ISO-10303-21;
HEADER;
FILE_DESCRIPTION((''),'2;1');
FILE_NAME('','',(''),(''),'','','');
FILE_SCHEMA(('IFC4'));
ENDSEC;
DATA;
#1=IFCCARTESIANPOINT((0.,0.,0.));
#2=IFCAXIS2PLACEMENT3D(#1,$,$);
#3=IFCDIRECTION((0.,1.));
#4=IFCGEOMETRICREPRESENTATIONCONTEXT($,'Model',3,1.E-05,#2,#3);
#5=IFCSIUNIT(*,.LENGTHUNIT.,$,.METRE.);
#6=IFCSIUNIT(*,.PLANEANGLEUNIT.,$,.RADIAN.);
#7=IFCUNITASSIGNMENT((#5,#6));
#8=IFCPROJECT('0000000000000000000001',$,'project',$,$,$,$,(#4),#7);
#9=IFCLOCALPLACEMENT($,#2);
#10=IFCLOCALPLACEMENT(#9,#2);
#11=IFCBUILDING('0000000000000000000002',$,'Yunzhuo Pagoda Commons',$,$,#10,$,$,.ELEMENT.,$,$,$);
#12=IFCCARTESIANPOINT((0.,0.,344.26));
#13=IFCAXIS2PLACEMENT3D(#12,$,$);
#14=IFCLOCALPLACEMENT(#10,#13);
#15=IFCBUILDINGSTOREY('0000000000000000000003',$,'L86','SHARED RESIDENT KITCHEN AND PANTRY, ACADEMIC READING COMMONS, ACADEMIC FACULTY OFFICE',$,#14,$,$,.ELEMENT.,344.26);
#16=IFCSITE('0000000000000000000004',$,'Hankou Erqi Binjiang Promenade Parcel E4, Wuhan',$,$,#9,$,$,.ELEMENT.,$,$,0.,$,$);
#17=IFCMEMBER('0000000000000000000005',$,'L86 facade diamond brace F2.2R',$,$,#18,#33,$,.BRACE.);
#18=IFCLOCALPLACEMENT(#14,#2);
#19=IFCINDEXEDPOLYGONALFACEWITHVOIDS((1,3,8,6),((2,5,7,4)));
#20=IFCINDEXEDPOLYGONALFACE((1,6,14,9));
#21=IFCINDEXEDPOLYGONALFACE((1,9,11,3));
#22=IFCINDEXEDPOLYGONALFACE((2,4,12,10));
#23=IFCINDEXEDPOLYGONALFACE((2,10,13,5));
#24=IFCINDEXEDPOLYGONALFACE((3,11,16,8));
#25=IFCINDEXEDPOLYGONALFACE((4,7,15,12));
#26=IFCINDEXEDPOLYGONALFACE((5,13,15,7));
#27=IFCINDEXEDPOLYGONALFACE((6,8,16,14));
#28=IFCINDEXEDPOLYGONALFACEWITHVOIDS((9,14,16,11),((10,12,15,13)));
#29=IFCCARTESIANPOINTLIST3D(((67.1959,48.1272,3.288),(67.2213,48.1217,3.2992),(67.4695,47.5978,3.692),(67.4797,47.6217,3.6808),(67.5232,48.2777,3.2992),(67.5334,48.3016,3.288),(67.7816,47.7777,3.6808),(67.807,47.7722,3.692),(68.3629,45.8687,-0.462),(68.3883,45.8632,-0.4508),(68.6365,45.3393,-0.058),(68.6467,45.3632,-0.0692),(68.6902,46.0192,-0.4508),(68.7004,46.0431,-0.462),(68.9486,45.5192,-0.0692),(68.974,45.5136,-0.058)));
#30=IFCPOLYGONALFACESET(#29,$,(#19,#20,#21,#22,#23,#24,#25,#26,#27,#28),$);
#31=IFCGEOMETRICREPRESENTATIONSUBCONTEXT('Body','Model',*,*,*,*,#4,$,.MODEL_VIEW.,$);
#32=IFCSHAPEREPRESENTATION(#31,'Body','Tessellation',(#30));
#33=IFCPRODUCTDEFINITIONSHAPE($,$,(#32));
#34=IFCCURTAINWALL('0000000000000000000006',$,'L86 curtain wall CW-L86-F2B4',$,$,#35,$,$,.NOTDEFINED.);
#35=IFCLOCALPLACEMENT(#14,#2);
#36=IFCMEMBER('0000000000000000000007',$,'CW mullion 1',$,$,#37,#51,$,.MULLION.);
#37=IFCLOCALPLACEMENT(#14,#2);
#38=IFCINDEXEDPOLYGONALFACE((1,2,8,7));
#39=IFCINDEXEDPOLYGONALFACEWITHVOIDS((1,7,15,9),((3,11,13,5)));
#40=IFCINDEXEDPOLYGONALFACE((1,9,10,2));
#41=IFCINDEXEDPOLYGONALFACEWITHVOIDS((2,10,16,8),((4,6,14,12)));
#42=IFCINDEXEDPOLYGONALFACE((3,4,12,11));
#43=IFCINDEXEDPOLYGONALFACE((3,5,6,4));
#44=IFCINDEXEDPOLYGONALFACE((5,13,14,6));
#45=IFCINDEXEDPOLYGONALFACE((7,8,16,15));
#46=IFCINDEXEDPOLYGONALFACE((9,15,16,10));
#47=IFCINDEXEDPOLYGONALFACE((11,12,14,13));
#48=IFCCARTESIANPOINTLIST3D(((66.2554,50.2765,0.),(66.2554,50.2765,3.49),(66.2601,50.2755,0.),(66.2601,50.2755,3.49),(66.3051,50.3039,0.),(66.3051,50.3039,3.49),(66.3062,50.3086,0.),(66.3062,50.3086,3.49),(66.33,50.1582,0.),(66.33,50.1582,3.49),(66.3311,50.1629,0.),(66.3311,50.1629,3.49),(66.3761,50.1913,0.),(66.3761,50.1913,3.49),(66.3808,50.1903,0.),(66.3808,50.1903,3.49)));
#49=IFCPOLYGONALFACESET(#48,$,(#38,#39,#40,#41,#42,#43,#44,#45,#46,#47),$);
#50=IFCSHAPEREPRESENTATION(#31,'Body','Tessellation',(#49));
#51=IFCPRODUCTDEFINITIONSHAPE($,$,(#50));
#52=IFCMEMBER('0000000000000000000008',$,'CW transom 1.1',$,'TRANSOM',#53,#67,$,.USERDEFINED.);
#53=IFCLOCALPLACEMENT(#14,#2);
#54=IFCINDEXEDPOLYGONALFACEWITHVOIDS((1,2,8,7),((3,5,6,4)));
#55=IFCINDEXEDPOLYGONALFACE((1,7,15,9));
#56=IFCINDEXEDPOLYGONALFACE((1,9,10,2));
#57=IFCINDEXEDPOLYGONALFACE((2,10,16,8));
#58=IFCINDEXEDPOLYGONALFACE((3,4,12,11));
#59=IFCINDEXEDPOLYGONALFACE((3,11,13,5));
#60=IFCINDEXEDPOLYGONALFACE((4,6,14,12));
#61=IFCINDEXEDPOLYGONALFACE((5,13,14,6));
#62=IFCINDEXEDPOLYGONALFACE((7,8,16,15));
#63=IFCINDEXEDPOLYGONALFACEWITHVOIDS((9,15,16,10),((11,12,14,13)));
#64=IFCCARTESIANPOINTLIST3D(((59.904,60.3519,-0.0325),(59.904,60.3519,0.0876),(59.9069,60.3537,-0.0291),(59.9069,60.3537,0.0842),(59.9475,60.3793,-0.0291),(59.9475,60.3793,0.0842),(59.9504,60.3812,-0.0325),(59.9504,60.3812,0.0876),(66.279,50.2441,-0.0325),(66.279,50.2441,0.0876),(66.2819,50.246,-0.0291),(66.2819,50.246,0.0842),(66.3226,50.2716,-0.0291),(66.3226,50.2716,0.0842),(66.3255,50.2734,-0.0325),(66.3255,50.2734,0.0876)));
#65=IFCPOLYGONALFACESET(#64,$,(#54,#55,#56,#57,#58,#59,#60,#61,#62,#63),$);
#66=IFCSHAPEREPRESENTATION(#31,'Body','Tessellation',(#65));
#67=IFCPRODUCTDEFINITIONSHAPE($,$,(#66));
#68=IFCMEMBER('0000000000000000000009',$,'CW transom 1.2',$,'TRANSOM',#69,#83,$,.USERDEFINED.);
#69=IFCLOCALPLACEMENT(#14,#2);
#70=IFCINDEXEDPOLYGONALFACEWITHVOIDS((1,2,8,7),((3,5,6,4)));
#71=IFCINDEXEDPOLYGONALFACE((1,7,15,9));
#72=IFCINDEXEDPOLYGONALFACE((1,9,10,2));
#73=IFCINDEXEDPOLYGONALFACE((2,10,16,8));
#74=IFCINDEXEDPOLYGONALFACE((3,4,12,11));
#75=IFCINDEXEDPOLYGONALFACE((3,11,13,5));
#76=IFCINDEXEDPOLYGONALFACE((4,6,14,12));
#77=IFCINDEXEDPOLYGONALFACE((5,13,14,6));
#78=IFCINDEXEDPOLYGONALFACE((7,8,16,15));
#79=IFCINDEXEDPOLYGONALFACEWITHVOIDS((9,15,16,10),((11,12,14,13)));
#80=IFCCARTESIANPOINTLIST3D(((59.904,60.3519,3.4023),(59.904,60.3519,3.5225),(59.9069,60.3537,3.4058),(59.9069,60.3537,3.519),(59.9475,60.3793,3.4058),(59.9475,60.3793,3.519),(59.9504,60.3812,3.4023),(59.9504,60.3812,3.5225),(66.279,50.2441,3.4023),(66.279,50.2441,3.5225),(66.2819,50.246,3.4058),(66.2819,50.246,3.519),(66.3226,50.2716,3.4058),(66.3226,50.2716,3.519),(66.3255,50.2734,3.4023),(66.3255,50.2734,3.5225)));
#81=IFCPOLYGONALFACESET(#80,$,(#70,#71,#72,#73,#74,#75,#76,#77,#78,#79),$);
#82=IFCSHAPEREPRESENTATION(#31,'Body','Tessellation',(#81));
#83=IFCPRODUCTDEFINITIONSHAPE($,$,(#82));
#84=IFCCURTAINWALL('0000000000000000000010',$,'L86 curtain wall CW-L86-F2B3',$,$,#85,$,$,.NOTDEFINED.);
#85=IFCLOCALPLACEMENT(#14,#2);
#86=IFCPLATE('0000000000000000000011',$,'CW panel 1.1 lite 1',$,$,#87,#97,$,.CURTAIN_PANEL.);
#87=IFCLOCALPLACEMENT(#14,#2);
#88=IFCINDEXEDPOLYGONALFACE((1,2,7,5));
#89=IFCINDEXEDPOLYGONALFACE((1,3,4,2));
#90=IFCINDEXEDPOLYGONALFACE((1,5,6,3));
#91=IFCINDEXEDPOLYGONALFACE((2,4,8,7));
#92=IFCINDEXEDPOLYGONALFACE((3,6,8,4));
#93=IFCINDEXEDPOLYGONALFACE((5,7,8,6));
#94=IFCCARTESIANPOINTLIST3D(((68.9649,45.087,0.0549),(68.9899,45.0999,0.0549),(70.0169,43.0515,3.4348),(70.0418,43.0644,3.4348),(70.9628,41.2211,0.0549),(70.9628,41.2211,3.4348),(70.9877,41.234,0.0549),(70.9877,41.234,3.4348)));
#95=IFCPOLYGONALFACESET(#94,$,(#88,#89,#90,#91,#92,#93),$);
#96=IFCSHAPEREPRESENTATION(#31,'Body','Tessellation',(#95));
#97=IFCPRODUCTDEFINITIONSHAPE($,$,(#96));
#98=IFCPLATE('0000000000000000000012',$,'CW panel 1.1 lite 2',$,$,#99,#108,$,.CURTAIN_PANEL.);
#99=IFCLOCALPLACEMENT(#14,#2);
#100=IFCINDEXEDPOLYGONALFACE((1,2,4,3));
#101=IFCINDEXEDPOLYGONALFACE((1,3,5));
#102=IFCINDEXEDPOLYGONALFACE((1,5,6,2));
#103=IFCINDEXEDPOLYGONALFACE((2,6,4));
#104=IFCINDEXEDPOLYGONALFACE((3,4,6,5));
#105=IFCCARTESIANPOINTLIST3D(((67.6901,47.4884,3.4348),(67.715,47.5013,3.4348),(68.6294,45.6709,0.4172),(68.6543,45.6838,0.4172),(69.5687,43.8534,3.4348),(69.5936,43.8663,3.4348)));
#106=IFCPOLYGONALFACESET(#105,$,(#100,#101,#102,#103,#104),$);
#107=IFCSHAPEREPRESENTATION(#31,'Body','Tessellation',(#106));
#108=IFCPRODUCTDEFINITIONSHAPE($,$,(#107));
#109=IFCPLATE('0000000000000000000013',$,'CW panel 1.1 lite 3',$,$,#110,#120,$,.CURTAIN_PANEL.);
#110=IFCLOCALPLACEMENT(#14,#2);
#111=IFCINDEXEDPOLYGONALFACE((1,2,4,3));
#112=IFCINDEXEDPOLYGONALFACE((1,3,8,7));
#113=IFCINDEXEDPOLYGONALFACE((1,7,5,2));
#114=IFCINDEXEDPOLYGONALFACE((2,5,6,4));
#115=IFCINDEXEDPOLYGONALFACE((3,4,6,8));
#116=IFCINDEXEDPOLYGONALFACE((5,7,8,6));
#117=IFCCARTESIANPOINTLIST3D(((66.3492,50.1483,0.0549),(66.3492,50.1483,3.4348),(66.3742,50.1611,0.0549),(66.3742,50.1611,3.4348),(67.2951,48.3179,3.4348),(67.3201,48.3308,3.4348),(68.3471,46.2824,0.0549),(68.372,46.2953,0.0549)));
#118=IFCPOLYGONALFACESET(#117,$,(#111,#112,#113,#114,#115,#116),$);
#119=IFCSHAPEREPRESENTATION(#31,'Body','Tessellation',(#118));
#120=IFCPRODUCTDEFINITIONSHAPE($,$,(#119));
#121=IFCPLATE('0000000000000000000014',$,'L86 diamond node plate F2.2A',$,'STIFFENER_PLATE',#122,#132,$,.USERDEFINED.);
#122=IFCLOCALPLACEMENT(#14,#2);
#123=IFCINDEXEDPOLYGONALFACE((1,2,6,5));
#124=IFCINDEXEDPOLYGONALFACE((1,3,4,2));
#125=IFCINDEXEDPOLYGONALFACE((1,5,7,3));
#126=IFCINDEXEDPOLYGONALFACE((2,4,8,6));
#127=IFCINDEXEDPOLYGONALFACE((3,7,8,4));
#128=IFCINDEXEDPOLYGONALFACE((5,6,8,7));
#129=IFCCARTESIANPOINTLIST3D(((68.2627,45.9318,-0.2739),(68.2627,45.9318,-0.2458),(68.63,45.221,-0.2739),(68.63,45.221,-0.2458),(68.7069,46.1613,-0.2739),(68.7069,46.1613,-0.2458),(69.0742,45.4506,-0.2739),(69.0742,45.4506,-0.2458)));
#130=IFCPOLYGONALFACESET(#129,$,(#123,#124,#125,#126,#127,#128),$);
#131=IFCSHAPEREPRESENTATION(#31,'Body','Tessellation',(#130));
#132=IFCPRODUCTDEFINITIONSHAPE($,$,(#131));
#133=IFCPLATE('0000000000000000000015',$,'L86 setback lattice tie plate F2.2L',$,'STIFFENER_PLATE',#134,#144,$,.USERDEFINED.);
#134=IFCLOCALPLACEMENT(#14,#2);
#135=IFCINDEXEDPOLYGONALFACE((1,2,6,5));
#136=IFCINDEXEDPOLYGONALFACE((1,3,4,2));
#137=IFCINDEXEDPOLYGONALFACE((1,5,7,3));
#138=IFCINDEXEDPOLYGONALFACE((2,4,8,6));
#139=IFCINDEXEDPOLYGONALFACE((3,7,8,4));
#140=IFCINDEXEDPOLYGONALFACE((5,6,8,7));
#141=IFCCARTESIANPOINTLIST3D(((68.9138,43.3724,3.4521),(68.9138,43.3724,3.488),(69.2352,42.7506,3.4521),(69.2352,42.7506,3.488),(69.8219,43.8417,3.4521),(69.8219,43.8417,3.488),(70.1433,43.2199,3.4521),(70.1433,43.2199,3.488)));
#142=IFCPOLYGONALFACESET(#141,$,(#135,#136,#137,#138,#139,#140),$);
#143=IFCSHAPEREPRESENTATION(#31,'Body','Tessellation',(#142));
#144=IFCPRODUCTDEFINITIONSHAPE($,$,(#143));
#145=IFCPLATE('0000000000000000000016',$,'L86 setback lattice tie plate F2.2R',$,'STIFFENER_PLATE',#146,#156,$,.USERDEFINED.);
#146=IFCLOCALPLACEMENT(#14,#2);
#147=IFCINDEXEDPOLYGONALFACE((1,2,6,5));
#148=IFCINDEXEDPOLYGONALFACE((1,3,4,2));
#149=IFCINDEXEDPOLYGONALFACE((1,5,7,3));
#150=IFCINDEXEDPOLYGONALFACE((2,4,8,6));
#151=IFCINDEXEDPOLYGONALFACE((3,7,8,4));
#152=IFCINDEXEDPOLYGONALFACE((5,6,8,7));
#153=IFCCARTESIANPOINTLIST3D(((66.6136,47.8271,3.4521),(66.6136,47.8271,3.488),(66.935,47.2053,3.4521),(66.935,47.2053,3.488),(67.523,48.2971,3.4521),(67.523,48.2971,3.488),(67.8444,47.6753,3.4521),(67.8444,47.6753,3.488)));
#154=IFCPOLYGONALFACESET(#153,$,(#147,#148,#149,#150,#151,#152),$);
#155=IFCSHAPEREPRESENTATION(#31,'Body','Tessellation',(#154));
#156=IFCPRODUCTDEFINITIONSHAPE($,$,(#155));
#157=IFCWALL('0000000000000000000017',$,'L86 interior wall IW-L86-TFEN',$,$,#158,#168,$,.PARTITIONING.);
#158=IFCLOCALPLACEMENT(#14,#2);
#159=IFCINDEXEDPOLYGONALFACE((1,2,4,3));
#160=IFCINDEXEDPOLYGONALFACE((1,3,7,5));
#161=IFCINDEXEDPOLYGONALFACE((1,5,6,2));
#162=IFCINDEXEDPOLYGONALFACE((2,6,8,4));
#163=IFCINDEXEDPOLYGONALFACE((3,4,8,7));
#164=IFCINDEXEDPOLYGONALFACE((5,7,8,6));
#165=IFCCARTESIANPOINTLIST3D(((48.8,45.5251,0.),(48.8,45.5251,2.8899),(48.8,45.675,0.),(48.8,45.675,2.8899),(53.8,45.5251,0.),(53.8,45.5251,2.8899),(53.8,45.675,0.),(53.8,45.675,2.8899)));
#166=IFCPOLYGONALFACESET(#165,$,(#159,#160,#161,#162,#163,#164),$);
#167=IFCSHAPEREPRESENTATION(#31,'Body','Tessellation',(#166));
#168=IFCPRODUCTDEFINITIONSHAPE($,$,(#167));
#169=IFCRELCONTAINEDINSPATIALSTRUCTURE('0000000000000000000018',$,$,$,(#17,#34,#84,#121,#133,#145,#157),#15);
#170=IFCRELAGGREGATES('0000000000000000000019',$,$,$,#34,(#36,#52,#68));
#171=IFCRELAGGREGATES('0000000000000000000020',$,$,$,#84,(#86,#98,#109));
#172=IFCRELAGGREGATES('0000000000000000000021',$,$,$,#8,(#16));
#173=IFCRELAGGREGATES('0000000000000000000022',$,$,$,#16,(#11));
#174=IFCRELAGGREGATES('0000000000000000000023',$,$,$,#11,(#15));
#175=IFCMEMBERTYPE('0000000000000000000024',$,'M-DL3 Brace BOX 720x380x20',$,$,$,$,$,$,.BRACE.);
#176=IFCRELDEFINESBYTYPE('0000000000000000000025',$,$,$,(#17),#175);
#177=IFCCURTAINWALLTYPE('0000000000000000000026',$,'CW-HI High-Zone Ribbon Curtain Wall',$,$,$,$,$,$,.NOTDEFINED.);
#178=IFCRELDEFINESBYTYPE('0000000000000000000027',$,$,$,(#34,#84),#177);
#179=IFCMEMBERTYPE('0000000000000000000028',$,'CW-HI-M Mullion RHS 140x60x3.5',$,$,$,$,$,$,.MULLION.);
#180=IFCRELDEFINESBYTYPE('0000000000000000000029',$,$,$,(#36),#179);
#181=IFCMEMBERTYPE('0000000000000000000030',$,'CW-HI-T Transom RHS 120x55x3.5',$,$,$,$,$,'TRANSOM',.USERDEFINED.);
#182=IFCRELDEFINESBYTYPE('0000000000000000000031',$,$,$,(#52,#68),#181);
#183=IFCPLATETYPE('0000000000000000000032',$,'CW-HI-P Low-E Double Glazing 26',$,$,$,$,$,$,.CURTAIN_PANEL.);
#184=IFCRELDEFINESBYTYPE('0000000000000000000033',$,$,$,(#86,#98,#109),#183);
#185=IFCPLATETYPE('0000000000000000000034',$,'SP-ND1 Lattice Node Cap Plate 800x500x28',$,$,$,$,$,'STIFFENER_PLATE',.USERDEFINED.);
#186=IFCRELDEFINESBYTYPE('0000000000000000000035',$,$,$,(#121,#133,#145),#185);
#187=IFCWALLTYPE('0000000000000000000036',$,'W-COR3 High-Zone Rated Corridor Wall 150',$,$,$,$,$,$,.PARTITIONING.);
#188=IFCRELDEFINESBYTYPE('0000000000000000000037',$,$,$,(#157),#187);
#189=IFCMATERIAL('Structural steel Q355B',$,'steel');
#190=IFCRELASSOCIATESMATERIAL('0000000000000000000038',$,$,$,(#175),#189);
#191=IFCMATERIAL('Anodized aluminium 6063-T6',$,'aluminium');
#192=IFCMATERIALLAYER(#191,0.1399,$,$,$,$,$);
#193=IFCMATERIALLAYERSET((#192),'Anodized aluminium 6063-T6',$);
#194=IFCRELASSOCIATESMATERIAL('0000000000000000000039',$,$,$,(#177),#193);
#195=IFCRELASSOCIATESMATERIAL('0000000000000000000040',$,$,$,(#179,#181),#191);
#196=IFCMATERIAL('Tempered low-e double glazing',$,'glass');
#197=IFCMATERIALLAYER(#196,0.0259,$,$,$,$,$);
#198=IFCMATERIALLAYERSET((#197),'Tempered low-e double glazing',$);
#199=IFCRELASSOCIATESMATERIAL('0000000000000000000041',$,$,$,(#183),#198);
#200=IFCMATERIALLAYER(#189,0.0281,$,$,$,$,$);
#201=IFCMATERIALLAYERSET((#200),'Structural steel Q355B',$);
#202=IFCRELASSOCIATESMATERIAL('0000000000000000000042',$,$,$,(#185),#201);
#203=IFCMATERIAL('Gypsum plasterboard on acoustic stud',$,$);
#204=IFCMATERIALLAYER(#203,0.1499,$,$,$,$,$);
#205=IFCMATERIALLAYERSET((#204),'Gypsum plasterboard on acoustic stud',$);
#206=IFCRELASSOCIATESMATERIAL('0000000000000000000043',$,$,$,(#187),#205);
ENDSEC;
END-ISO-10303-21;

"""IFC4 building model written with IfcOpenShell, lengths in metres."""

from ifc_helpers import new_model, si_unit, direction, frame, frame_2d, origin, origin_2d, place, context, subcontext, project, spatial, polyline, rectangle, hollow_rectangle, outline, extrude, source, transform, mapped, material, layer, layer_set, material_profile, profile_set, type_object, element, aggregate, save


model = new_model("IFC4")

# Units and contexts
model_context = context("Model", 3, precision=1e-05, world=origin(), true_north=direction((0.0, 1.0)))
body_context = subcontext(model_context, "Body", "Model", "MODEL_VIEW")
ifc_project = project(units=[si_unit("LENGTHUNIT", "METRE"), si_unit("PLANEANGLEUNIT", "RADIAN")], contexts=[model_context])

# Site, building, storey
site_placement = place(None, origin())
site = spatial("IfcSite", under=ifc_project, at=site_placement, Name="Hankou Erqi Binjiang Promenade Parcel E4, Wuhan", CompositionType="ELEMENT", RefElevation=0.0)
building_placement = place(site_placement, origin())
building = spatial("IfcBuilding", under=site, at=building_placement, Name="Yunzhuo Pagoda Commons", CompositionType="ELEMENT")
storey_placement = place(building_placement, frame((0.0, 0.0, 344.26)))
storey = spatial("IfcBuildingStorey", under=building, at=storey_placement, Name="L86", Description="SHARED RESIDENT KITCHEN AND PANTRY, ACADEMIC READING COMMONS, ACADEMIC FACULTY OFFICE", CompositionType="ELEMENT", Elevation=344.26)

# Shared definitions
ifc_material_1 = material(Name="Structural steel Q355B", Category="steel")

# Member
ifc_material_profile_1 = material_profile(ifc_material_1, hollow_rectangle(XDim=0.3799, YDim=0.72, WallThickness=0.02, at=origin_2d()), Name="Structural steel Q355B")
ifc_profile_set_1 = profile_set([ifc_material_profile_1], Name="Structural steel Q355B")
member_type_1 = type_object("IfcMemberType", Name="M-DL3 Brace BOX 720x380x20", PredefinedType="BRACE", material=ifc_profile_set_1)
shared_shape_1 = source(origin(), body_context, "Body", "SweptSolid", [
    extrude(hollow_rectangle(XDim=0.3799, YDim=0.72, WallThickness=0.02, at=origin_2d()), origin(), (0.0, 0.0, 1.0), 4.5305),
])
for number, where, z_axis, x_axis, name in (
    (1, (68.6685, 45.6912, -0.26), (-0.257586, 0.49852, 0.827724), (-0.888414, -0.459044, 0.0), "L86 facade diamond brace F2.2R"),
):
    element("IfcMember", number, at=place(storey_placement, frame(where, z_axis=z_axis, x_axis=x_axis)), inside=storey, type_object=member_type_1, Name=name, PredefinedType="BRACE", context=body_context, shape_type="MappedRepresentation", body=[
        mapped(shared_shape_1, transform((0.0, 0.0, 0.0), scale=1.0)),
    ])

# Curtain wall, members
ifc_material_2 = material(Name="Anodized aluminium 6063-T6", Category="aluminium")
ifc_layer_1 = layer(ifc_material_2, 0.1399)
ifc_layer_set_1 = layer_set([ifc_layer_1], Name="Anodized aluminium 6063-T6")
curtain_wall_type = type_object("IfcCurtainWallType", Name="CW-HI High-Zone Ribbon Curtain Wall", PredefinedType="NOTDEFINED", material=ifc_layer_set_1)
curtain_wall_1_placement = place(storey_placement, origin())
curtain_wall_1 = element("IfcCurtainWall", 2, at=curtain_wall_1_placement, inside=storey, type_object=curtain_wall_type, Name="L86 curtain wall CW-L86-F2B4", PredefinedType="NOTDEFINED")
ifc_material_profile_2 = material_profile(ifc_material_2, hollow_rectangle(XDim=0.0601, YDim=0.1399, WallThickness=0.0034, at=origin_2d()), Name="Anodized aluminium 6063-T6")
ifc_profile_set_2 = profile_set([ifc_material_profile_2], Name="Anodized aluminium 6063-T6")
member_type_2 = type_object("IfcMemberType", Name="CW-HI-M Mullion RHS 140x60x3.5", PredefinedType="MULLION", material=ifc_profile_set_2)
shared_shape_2 = source(origin(), body_context, "Body", "SweptSolid", [
    extrude(hollow_rectangle(XDim=0.0601, YDim=0.1399, WallThickness=0.0034, at=origin_2d()), origin(), (0.0, 0.0, 1.0), 3.49),
])
member_1_placement = place(storey_placement, frame((66.3181, 50.2334, 0.0), z_axis=(0.0, 0.0, 1.0), x_axis=(-0.845818, -0.533472, 0.0)))
member_1 = element("IfcMember", 3, at=member_1_placement, type_object=member_type_2, Name="CW mullion 1", PredefinedType="MULLION", context=body_context, shape_type="MappedRepresentation", body=[
    mapped(shared_shape_2, transform((0.0, 0.0, 0.0), scale=1.0)),
])
ifc_material_profile_3 = material_profile(ifc_material_2, hollow_rectangle(XDim=0.0549, YDim=0.1201, WallThickness=0.0034, at=origin_2d()), Name="Anodized aluminium 6063-T6")
ifc_profile_set_3 = profile_set([ifc_material_profile_3], Name="Anodized aluminium 6063-T6")
member_type_3 = type_object("IfcMemberType", Name="CW-HI-T Transom RHS 120x55x3.5", ElementType="TRANSOM", PredefinedType="USERDEFINED", material=ifc_profile_set_3)
shared_shape_3 = source(origin(), body_context, "Body", "SweptSolid", [
    extrude(hollow_rectangle(XDim=0.0549, YDim=0.1201, WallThickness=0.0034, at=origin_2d()), origin(), (0.0, 0.0, 1.0), 11.9502),
])
member_2_placement = place(storey_placement, frame((66.3022, 50.2588, 0.0276), z_axis=(-0.533467, 0.845821, 0.0), x_axis=(-0.845821, -0.533467, 0.0)))
member_2 = element("IfcMember", 4, at=member_2_placement, type_object=member_type_3, Name="CW transom 1.1", ObjectType="TRANSOM", PredefinedType="USERDEFINED", context=body_context, shape_type="MappedRepresentation", body=[
    mapped(shared_shape_3, transform((0.0, 0.0, 0.0), scale=1.0)),
])
member_3_placement = place(storey_placement, frame((66.3022, 50.2588, 3.4624), z_axis=(-0.533467, 0.845821, 0.0), x_axis=(-0.845821, -0.533467, 0.0)))
member_3 = element("IfcMember", 5, at=member_3_placement, type_object=member_type_3, Name="CW transom 1.2", ObjectType="TRANSOM", PredefinedType="USERDEFINED", context=body_context, shape_type="MappedRepresentation", body=[
    mapped(shared_shape_3, transform((0.0, 0.0, 0.0), scale=1.0)),
])
aggregate(curtain_wall_1, [member_1, member_2, member_3])

# Curtain wall, plates
curtain_wall_2_placement = place(storey_placement, origin())
curtain_wall_2 = element("IfcCurtainWall", 6, at=curtain_wall_2_placement, inside=storey, type_object=curtain_wall_type, Name="L86 curtain wall CW-L86-F2B3", PredefinedType="NOTDEFINED")
ifc_material_3 = material(Name="Tempered low-e double glazing", Category="glass")
ifc_layer_2 = layer(ifc_material_3, 0.0259)
ifc_layer_set_2 = layer_set([ifc_layer_2], Name="Tempered low-e double glazing")
plate_type_1 = type_object("IfcPlateType", Name="CW-HI-P Low-E Double Glazing 26", PredefinedType="CURTAIN_PANEL", material=ifc_layer_set_2)
plate_1_placement = place(storey_placement, frame((69.9639, 43.1541, 1.7449), z_axis=(0.88838, 0.459108, 0.0), x_axis=(-0.459108, 0.88838, 0.0)))
plate_1 = element("IfcPlate", 7, at=plate_1_placement, type_object=plate_type_1, Name="CW panel 1.1 lite 1", PredefinedType="CURTAIN_PANEL", context=body_context, shape_type="SweptSolid", body=[
    extrude(outline(polyline([(-2.1758, -1.6899), (2.1758, -1.6899), (-0.1155, 1.6899), (-2.1758, 1.6899), (-2.1758, -1.6899)])), origin(), (0.0, 0.0, 1.0), 0.0281),
])
plate_2_placement = place(storey_placement, frame((68.6294, 45.6709, 1.926), z_axis=(0.88838, 0.459108, 0.0), x_axis=(-0.459108, 0.88838, 0.0)))
plate_2 = element("IfcPlate", 8, at=plate_2_placement, type_object=plate_type_1, Name="CW panel 1.1 lite 2", PredefinedType="CURTAIN_PANEL", context=body_context, shape_type="SweptSolid", body=[
    extrude(outline(polyline([(-2.0459, 1.5088), (0.0, -1.5088), (2.0459, 1.5088), (-2.0459, 1.5088)])), origin(), (0.0, 0.0, 1.0), 0.0281),
])
plate_3_placement = place(storey_placement, frame((67.3481, 48.2153, 1.7449), z_axis=(0.88838, 0.459108, 0.0), x_axis=(-0.459108, 0.88838, 0.0)))
plate_3 = element("IfcPlate", 9, at=plate_3_placement, type_object=plate_type_1, Name="CW panel 1.1 lite 3", PredefinedType="CURTAIN_PANEL", context=body_context, shape_type="SweptSolid", body=[
    extrude(outline(polyline([(-2.1758, -1.6899), (2.1758, -1.6899), (2.1758, 1.6899), (0.1155, 1.6899), (-2.1758, -1.6899)])), origin(), (0.0, 0.0, 1.0), 0.0281),
])
aggregate(curtain_wall_2, [plate_1, plate_2, plate_3])

# Plates
ifc_layer_3 = layer(ifc_material_1, 0.0281)
ifc_layer_set_3 = layer_set([ifc_layer_3], Name="Structural steel Q355B")
plate_type_2 = type_object("IfcPlateType", Name="SP-ND1 Lattice Node Cap Plate 800x500x28", ElementType="STIFFENER_PLATE", PredefinedType="USERDEFINED", material=ifc_layer_set_3)
shared_shape_4 = source(origin(), body_context, "Body", "SweptSolid", [
    extrude(rectangle(XDim=0.8, YDim=0.5, at=origin_2d()), origin(), (0.0, 0.0, 1.0), 0.0281),
])
plate_4_placement = place(storey_placement, frame((68.6685, 45.6912, -0.2739), z_axis=(0.0, 0.0, 1.0), x_axis=(-0.459115, 0.888377, 0.0)))
element("IfcPlate", 10, at=plate_4_placement, inside=storey, type_object=plate_type_2, Name="L86 diamond node plate F2.2A", ObjectType="STIFFENER_PLATE", PredefinedType="USERDEFINED", context=body_context, shape_type="MappedRepresentation", body=[
    mapped(shared_shape_4, transform((0.0, 0.0, 0.0), scale=1.0)),
])
shared_shape_5 = source(origin(), body_context, "Body", "SweptSolid", [
    extrude(rectangle(XDim=0.7, YDim=1.0222, at=origin_2d()), origin(), (0.0, 0.0, 1.0), 0.0359),
])
plate_5_placement = place(storey_placement, frame((69.5286, 43.2961, 3.4521), z_axis=(0.0, 0.0, 1.0), x_axis=(-0.459115, 0.888377, 0.0)))
element("IfcPlate", 11, at=plate_5_placement, inside=storey, type_object=plate_type_2, Name="L86 setback lattice tie plate F2.2L", ObjectType="STIFFENER_PLATE", PredefinedType="USERDEFINED", context=body_context, shape_type="MappedRepresentation", body=[
    mapped(shared_shape_5, transform((0.0, 0.0, 0.0), scale=1.0)),
])
shared_shape_6 = source(origin(), body_context, "Body", "SweptSolid", [
    extrude(rectangle(XDim=0.7, YDim=1.0237, at=origin_2d()), origin(), (0.0, 0.0, 1.0), 0.0359),
])
plate_6_placement = place(storey_placement, frame((67.229, 47.7512, 3.4521), z_axis=(0.0, 0.0, 1.0), x_axis=(-0.459115, 0.888377, 0.0)))
element("IfcPlate", 12, at=plate_6_placement, inside=storey, type_object=plate_type_2, Name="L86 setback lattice tie plate F2.2R", ObjectType="STIFFENER_PLATE", PredefinedType="USERDEFINED", context=body_context, shape_type="MappedRepresentation", body=[
    mapped(shared_shape_6, transform((0.0, 0.0, 0.0), scale=1.0)),
])

# Wall
ifc_material_4 = material(Name="Gypsum plasterboard on acoustic stud")
ifc_layer_4 = layer(ifc_material_4, 0.1499)
ifc_layer_set_4 = layer_set([ifc_layer_4], Name="Gypsum plasterboard on acoustic stud")
wall_type_1 = type_object("IfcWallType", Name="W-COR3 High-Zone Rated Corridor Wall 150", PredefinedType="PARTITIONING", material=ifc_layer_set_4)
wall_1_placement = place(storey_placement, frame((48.8, 45.6001, 0.0), z_axis=(0.0, 0.0, 1.0), x_axis=(1.0, 0.0, 0.0)))
element("IfcWall", 13, at=wall_1_placement, inside=storey, type_object=wall_type_1, Name="L86 interior wall IW-L86-TFEN", PredefinedType="PARTITIONING", context=body_context, shape_type="SweptSolid", body=[
    extrude(rectangle(XDim=5.0, YDim=0.1499, at=frame_2d((2.5, 0.0))), origin(), (0.0, 0.0, 1.0), 2.8899),
])

save(model, "model.ifc")
